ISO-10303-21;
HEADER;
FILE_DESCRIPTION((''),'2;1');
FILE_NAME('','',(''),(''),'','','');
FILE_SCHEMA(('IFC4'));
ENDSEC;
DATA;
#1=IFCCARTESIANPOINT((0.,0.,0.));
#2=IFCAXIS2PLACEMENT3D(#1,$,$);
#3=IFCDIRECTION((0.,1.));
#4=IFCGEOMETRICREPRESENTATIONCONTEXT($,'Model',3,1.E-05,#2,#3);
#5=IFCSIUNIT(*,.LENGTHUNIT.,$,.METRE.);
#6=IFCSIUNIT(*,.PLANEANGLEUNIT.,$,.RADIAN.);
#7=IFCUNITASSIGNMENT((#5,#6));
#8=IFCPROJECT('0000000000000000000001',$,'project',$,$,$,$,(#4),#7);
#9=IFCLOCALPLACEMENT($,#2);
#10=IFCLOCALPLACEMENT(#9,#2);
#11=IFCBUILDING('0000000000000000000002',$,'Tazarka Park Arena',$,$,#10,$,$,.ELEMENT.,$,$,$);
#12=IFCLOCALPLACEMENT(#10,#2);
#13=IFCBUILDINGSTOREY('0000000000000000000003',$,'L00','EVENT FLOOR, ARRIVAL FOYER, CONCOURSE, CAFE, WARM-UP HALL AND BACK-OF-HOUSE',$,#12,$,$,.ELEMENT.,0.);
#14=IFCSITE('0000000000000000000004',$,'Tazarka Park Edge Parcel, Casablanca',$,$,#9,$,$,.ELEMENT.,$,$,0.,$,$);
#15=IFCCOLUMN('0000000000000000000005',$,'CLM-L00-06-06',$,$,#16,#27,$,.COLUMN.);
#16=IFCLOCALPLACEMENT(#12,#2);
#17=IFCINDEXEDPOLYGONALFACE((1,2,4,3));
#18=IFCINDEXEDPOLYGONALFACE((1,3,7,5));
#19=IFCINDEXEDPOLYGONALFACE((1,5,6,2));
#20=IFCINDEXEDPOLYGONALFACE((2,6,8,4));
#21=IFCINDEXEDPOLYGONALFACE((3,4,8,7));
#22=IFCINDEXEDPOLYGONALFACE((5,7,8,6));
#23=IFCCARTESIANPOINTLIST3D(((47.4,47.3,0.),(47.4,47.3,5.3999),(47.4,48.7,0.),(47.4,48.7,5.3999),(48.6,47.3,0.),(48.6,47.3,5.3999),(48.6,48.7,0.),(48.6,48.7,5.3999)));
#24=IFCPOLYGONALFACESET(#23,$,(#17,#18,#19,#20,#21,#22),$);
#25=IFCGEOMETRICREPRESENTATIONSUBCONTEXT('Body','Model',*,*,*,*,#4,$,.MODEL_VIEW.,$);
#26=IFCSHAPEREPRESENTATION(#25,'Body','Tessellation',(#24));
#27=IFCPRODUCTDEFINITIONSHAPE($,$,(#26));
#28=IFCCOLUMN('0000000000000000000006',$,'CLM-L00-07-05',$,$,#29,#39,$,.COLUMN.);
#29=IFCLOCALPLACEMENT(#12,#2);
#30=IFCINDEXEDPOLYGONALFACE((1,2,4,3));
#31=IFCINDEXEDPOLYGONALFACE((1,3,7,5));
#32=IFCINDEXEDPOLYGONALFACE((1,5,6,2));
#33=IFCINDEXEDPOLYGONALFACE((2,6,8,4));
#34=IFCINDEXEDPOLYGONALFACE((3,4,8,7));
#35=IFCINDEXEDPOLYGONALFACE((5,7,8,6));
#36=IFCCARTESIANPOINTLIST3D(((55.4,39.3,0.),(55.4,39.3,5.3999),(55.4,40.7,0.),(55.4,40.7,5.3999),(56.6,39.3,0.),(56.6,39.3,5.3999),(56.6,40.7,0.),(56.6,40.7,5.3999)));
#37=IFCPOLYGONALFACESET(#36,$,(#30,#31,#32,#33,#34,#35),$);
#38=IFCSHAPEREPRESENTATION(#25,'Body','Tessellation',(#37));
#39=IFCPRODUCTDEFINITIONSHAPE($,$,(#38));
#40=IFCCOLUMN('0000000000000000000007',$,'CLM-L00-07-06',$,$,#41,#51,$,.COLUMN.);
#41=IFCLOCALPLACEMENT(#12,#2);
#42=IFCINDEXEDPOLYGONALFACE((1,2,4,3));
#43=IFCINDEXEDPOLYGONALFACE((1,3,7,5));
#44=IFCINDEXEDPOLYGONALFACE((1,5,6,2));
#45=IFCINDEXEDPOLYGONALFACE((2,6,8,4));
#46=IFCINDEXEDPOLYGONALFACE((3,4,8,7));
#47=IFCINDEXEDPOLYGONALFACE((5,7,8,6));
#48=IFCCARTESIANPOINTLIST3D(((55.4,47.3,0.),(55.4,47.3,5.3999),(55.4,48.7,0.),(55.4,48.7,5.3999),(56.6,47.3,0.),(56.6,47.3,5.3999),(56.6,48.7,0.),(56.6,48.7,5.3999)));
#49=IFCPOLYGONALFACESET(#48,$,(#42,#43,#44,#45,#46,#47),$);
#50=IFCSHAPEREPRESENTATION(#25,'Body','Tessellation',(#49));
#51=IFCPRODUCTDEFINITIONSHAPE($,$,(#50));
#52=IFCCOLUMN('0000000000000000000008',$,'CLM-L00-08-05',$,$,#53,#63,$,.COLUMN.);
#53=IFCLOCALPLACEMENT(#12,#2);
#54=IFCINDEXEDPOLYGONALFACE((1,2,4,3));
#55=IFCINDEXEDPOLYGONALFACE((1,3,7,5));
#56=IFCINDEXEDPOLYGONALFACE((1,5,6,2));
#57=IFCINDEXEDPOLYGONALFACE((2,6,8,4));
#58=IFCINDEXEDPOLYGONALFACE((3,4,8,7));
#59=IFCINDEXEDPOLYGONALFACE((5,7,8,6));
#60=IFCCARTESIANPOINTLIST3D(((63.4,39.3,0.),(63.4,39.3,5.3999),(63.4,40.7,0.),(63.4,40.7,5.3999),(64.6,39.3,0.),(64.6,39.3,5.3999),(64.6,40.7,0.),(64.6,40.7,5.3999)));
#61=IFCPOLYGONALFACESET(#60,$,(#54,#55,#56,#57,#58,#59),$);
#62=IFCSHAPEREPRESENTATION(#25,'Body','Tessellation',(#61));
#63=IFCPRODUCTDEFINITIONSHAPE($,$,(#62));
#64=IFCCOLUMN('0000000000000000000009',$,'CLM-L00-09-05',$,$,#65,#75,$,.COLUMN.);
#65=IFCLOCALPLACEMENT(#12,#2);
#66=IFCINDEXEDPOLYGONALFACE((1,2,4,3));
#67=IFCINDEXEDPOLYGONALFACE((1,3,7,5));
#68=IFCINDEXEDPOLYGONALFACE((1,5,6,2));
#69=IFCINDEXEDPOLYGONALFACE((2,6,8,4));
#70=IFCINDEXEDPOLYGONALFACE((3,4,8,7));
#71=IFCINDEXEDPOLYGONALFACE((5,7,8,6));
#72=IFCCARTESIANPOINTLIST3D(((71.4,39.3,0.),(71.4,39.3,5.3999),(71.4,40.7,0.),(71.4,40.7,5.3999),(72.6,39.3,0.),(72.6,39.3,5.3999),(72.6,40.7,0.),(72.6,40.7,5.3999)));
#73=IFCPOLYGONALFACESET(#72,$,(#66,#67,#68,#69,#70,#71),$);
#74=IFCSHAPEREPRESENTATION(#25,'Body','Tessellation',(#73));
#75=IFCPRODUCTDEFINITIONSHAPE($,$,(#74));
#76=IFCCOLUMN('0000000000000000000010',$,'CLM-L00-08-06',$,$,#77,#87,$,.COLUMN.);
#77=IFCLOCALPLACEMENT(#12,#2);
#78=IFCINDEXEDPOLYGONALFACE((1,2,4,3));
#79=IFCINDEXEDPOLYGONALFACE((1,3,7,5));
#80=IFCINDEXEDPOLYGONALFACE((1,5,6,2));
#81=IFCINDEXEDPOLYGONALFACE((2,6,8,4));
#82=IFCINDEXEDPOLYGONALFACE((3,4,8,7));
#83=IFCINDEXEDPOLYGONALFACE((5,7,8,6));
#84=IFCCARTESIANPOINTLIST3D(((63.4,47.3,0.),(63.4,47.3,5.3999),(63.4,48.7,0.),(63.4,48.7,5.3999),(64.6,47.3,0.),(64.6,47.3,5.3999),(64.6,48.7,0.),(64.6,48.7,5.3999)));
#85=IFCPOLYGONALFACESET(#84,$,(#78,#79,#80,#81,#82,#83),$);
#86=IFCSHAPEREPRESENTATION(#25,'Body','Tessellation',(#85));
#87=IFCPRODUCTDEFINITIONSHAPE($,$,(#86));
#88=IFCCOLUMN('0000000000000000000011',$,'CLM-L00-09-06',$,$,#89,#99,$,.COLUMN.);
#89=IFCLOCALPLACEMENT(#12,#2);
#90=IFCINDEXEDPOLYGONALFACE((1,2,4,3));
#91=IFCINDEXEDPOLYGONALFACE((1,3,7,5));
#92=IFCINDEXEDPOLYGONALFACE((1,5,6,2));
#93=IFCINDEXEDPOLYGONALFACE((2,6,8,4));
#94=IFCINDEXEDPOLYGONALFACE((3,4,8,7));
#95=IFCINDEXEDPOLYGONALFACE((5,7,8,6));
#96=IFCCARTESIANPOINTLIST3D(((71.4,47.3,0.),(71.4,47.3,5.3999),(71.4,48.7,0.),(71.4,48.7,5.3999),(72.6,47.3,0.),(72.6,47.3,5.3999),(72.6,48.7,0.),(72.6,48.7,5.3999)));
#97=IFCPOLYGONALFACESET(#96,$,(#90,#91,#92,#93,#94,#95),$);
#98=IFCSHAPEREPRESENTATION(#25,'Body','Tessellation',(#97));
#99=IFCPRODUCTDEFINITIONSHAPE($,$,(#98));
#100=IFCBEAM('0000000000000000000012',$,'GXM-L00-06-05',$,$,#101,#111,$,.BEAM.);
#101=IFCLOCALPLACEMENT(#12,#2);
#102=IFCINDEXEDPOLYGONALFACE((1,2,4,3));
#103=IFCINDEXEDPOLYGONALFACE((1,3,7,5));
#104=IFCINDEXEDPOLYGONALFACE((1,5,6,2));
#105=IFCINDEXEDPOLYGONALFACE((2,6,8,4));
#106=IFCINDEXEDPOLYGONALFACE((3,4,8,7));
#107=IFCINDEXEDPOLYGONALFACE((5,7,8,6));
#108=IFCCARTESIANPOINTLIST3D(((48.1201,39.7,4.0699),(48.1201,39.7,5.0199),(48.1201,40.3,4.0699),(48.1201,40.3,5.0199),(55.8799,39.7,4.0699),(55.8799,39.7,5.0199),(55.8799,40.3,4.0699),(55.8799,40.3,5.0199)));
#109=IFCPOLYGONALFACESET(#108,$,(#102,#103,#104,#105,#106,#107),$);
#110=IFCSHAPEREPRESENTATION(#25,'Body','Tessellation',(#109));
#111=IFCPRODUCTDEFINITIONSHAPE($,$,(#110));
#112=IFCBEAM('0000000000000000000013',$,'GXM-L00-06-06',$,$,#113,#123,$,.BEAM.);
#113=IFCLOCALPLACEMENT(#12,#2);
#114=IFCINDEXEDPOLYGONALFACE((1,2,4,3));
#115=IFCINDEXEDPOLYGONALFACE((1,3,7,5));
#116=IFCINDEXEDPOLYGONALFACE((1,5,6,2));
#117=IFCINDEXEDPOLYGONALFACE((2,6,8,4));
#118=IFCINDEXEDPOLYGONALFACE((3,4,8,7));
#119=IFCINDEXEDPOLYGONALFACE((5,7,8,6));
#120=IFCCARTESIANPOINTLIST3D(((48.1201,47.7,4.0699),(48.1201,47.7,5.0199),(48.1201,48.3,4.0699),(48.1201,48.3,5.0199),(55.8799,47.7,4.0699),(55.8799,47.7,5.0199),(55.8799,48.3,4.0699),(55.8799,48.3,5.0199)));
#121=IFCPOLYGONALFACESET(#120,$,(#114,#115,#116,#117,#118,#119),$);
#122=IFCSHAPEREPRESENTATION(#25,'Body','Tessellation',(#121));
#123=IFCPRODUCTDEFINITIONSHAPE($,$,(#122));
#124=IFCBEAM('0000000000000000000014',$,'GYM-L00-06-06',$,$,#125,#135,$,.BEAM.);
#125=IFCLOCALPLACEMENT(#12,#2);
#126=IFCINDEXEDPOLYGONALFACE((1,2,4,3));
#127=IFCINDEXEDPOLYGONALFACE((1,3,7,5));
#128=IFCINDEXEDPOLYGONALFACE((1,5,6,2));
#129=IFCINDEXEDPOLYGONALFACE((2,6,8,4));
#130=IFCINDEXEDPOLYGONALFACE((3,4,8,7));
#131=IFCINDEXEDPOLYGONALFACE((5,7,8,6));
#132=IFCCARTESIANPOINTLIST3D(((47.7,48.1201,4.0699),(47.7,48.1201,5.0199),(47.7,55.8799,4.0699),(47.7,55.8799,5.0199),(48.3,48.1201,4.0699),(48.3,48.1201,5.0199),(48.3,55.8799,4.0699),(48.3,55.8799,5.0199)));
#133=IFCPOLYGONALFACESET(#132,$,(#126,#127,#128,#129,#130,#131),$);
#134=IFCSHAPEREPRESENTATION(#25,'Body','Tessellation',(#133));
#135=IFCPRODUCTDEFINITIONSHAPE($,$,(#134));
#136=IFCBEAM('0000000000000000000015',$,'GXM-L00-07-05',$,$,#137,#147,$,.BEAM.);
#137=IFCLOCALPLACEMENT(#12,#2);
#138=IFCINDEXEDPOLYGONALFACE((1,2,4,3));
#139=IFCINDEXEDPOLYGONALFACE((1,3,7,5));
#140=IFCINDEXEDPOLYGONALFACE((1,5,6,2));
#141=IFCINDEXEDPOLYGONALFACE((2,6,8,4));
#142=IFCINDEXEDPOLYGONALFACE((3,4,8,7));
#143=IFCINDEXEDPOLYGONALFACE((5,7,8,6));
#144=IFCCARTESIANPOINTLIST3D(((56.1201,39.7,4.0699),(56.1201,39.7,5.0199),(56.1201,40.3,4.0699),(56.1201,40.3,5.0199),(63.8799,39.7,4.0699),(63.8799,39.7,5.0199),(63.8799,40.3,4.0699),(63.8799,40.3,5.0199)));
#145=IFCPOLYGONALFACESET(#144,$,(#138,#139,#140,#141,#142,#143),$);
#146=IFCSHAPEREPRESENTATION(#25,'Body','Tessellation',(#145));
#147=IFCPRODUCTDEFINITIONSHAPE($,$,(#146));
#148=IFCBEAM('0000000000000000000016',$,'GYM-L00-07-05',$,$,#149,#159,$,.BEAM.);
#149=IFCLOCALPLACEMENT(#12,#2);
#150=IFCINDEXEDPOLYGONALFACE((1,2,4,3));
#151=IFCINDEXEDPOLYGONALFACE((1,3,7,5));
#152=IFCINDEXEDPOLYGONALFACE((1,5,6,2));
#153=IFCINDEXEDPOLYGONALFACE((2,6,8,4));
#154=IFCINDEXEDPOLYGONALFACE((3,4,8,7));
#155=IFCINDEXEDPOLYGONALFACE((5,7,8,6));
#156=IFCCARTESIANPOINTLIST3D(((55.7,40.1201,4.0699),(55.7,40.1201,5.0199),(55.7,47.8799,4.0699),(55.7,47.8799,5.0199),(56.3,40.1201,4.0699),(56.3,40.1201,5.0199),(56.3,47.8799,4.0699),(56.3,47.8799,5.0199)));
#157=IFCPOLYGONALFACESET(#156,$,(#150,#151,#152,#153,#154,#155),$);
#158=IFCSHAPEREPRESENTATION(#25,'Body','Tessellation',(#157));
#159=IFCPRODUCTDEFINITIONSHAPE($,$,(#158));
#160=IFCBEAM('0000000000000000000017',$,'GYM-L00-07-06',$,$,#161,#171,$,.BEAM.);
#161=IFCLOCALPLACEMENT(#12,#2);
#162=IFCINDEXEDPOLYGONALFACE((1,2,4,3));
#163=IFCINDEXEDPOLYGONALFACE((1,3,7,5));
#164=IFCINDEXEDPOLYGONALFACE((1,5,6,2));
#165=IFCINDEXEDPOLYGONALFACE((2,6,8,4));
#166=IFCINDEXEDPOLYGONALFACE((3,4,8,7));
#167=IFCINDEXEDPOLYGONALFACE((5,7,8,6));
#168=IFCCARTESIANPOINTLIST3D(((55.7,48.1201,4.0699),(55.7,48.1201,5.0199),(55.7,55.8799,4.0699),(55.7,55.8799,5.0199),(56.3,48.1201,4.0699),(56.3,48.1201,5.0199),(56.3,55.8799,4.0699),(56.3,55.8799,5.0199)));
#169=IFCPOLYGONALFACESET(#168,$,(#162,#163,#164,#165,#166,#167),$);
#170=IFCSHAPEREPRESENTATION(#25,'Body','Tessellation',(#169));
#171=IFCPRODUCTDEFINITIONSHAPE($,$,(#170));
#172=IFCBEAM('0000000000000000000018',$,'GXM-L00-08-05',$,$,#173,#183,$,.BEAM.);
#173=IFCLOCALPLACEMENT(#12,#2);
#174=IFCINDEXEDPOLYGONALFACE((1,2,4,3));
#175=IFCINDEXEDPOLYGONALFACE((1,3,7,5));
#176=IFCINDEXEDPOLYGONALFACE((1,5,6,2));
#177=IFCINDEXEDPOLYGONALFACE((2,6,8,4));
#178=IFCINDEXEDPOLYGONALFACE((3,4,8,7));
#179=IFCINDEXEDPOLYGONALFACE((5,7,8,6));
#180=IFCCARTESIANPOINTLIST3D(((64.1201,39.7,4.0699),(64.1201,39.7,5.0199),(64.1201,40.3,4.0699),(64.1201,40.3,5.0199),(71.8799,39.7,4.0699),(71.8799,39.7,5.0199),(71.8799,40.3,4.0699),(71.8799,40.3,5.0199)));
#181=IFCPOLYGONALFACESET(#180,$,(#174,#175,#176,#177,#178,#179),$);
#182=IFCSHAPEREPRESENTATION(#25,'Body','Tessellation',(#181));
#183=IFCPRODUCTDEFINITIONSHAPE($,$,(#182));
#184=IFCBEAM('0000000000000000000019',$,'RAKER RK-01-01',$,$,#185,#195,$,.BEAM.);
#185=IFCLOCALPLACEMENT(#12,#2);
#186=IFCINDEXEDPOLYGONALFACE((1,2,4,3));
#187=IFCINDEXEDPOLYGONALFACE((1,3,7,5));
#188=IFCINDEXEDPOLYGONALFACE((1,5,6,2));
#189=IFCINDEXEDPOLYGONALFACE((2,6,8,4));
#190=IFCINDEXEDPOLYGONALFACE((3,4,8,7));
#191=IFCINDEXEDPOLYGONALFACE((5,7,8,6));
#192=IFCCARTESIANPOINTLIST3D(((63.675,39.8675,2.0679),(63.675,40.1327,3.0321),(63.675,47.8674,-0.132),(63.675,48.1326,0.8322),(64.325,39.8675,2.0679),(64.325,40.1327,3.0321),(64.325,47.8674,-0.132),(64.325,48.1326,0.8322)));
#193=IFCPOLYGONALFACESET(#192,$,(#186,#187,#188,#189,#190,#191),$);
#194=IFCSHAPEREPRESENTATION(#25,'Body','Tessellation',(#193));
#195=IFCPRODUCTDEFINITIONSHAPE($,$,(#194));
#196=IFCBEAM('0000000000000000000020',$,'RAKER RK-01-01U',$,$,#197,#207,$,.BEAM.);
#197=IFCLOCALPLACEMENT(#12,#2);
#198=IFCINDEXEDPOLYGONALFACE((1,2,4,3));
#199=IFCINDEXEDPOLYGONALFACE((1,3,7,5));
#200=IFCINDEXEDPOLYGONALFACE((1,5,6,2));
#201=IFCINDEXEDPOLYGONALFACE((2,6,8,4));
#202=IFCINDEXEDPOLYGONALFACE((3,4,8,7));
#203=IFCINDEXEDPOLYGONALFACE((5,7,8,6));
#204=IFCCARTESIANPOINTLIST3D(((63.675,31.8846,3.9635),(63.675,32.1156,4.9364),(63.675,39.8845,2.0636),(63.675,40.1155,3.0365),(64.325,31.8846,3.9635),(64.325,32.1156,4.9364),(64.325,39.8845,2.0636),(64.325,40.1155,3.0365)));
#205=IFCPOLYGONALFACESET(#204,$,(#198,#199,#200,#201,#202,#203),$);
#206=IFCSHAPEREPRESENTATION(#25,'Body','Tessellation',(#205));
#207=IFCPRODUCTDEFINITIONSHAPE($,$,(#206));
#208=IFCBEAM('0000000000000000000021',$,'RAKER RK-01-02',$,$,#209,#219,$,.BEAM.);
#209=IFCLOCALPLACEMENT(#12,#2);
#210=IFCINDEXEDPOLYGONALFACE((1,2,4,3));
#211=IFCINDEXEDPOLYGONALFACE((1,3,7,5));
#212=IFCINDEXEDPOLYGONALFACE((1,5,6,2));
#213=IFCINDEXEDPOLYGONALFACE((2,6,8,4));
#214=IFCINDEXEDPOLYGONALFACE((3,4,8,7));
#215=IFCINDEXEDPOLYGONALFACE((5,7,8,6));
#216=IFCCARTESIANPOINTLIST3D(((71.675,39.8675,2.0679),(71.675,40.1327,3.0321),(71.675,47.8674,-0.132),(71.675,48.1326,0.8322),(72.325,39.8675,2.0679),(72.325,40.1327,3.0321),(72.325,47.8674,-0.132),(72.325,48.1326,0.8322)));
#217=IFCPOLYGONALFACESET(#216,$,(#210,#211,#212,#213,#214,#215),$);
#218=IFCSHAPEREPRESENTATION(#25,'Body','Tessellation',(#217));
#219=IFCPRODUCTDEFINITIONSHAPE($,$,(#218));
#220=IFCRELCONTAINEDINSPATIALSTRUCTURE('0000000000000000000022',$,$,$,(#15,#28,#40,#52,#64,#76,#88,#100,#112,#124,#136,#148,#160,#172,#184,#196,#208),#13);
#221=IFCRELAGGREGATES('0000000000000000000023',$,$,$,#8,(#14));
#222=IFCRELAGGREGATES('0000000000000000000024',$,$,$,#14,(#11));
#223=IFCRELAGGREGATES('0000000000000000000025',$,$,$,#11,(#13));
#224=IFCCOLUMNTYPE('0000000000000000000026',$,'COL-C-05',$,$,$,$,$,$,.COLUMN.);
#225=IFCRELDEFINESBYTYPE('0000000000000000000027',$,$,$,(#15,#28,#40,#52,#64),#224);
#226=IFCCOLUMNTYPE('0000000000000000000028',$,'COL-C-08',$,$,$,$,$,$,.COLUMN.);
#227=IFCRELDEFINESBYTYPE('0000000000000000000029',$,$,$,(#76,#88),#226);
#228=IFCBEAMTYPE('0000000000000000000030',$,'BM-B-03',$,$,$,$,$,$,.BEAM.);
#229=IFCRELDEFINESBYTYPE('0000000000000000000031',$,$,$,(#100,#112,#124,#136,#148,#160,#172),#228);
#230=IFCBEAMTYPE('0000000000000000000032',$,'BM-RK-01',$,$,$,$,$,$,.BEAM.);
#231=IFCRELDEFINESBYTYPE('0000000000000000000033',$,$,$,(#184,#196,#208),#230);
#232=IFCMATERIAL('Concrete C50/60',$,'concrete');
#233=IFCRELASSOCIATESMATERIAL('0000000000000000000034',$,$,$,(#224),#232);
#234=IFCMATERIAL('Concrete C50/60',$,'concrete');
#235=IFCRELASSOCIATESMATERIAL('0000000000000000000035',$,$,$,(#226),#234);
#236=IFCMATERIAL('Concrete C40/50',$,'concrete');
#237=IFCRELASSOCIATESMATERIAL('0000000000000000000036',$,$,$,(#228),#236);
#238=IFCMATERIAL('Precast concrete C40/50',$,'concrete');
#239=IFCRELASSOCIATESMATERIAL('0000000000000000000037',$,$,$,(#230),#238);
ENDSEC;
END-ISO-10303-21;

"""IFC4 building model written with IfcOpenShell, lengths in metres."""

from ifc_helpers import new_model, si_unit, direction, frame, origin, origin_2d, place, context, subcontext, project, spatial, rectangle, extrude, material, material_profile, profile_set, type_object, element, save


model = new_model("IFC4")

# Units and contexts
model_context = context("Model", 3, precision=1e-05, world=origin(), true_north=direction((0.0, 1.0)))
body_context = subcontext(model_context, "Body", "Model", "MODEL_VIEW")
ifc_project = project(units=[si_unit("LENGTHUNIT", "METRE"), si_unit("PLANEANGLEUNIT", "RADIAN")], contexts=[model_context])

# Site, building, storey
site_placement = place(None, origin())
site = spatial("IfcSite", under=ifc_project, at=site_placement, Name="Tazarka Park Edge Parcel, Casablanca", CompositionType="ELEMENT", RefElevation=0.0)
building_placement = place(site_placement, origin())
building = spatial("IfcBuilding", under=site, at=building_placement, Name="Tazarka Park Arena", CompositionType="ELEMENT")
storey_placement = place(building_placement, origin())
storey = spatial("IfcBuildingStorey", under=building, at=storey_placement, Name="L00", Description="EVENT FLOOR, ARRIVAL FOYER, CONCOURSE, CAFE, WARM-UP HALL AND BACK-OF-HOUSE", CompositionType="ELEMENT", Elevation=0.0)

# Columns
ifc_material_1 = material(Name="Concrete C50/60", Category="concrete")
ifc_material_profile_1 = material_profile(ifc_material_1, rectangle(XDim=1.2, YDim=1.3999, at=origin_2d()), Name="Concrete C50/60")
ifc_profile_set_1 = profile_set([ifc_material_profile_1], Name="Concrete C50/60")
column_type_1 = type_object("IfcColumnType", Name="COL-C-05", PredefinedType="COLUMN", material=ifc_profile_set_1)
for number, where, z_axis, x_axis, name in (
    (1, (48.0, 48.0, 0.0), (0.0, 0.0, 1.0), (1.0, 0.0, 0.0), "CLM-L00-06-06"),
    (2, (56.0, 40.0, 0.0), (0.0, 0.0, 1.0), (1.0, 0.0, 0.0), "CLM-L00-07-05"),
    (3, (56.0, 48.0, 0.0), (0.0, 0.0, 1.0), (1.0, 0.0, 0.0), "CLM-L00-07-06"),
    (4, (64.0, 40.0, 0.0), (0.0, 0.0, 1.0), (1.0, 0.0, 0.0), "CLM-L00-08-05"),
    (5, (72.0, 40.0, 0.0), (0.0, 0.0, 1.0), (1.0, 0.0, 0.0), "CLM-L00-09-05"),
):
    element("IfcColumn", number, at=place(storey_placement, frame(where, z_axis=z_axis, x_axis=x_axis)), inside=storey, type_object=column_type_1, Name=name, PredefinedType="COLUMN", context=body_context, shape_type="SweptSolid", body=[
        extrude(rectangle(XDim=1.2, YDim=1.3999, at=origin_2d()), origin(), (0.0, 0.0, 1.0), 5.3999),
    ])
ifc_material_2 = material(Name="Concrete C50/60", Category="concrete")
ifc_material_profile_2 = material_profile(ifc_material_2, rectangle(XDim=1.2, YDim=1.3999, at=origin_2d()), Name="Concrete C50/60")
ifc_profile_set_2 = profile_set([ifc_material_profile_2], Name="Concrete C50/60")
column_type_2 = type_object("IfcColumnType", Name="COL-C-08", PredefinedType="COLUMN", material=ifc_profile_set_2)
for number, where, z_axis, x_axis, name in (
    (6, (64.0, 48.0, 0.0), (0.0, 0.0, 1.0), (1.0, 0.0, 0.0), "CLM-L00-08-06"),
    (7, (72.0, 48.0, 0.0), (0.0, 0.0, 1.0), (1.0, 0.0, 0.0), "CLM-L00-09-06"),
):
    element("IfcColumn", number, at=place(storey_placement, frame(where, z_axis=z_axis, x_axis=x_axis)), inside=storey, type_object=column_type_2, Name=name, PredefinedType="COLUMN", context=body_context, shape_type="SweptSolid", body=[
        extrude(rectangle(XDim=1.2, YDim=1.3999, at=origin_2d()), origin(), (0.0, 0.0, 1.0), 5.3999),
    ])

# Beams
ifc_material_3 = material(Name="Concrete C40/50", Category="concrete")
ifc_material_profile_3 = material_profile(ifc_material_3, rectangle(XDim=0.6001, YDim=0.95, at=origin_2d()), Name="Concrete C40/50")
ifc_profile_set_3 = profile_set([ifc_material_profile_3], Name="Concrete C40/50")
beam_type_1 = type_object("IfcBeamType", Name="BM-B-03", PredefinedType="BEAM", material=ifc_profile_set_3)
for number, where, z_axis, x_axis, name in (
    (8, (48.1201, 40.0, 4.5449), (1.0, 0.0, 0.0), (0.0, 1.0, 0.0), "GXM-L00-06-05"),
    (9, (48.1201, 48.0, 4.5449), (1.0, 0.0, 0.0), (0.0, 1.0, 0.0), "GXM-L00-06-06"),
    (10, (48.0, 48.1201, 4.5449), (0.0, 1.0, 0.0), (-1.0, 0.0, 0.0), "GYM-L00-06-06"),
    (11, (56.1201, 40.0, 4.5449), (1.0, 0.0, 0.0), (0.0, 1.0, 0.0), "GXM-L00-07-05"),
    (12, (56.0, 40.1201, 4.5449), (0.0, 1.0, 0.0), (-1.0, 0.0, 0.0), "GYM-L00-07-05"),
    (13, (56.0, 48.1201, 4.5449), (0.0, 1.0, 0.0), (-1.0, 0.0, 0.0), "GYM-L00-07-06"),
    (14, (64.1201, 40.0, 4.5449), (1.0, 0.0, 0.0), (0.0, 1.0, 0.0), "GXM-L00-08-05"),
):
    element("IfcBeam", number, at=place(storey_placement, frame(where, z_axis=z_axis, x_axis=x_axis)), inside=storey, type_object=beam_type_1, Name=name, PredefinedType="BEAM", context=body_context, shape_type="SweptSolid", body=[
        extrude(rectangle(XDim=0.6001, YDim=0.95, at=origin_2d()), origin(), (0.0, 0.0, 1.0), 7.7598),
    ])
ifc_material_4 = material(Name="Precast concrete C40/50", Category="concrete")
ifc_material_profile_4 = material_profile(ifc_material_4, rectangle(XDim=0.6499, YDim=1.0, at=origin_2d()), Name="Precast concrete C40/50")
ifc_profile_set_4 = profile_set([ifc_material_profile_4], Name="Precast concrete C40/50")
beam_type_2 = type_object("IfcBeamType", Name="BM-RK-01", PredefinedType="BEAM", material=ifc_profile_set_4)
beam_1_placement = place(storey_placement, frame((64.0, 48.0, 0.3501), z_axis=(0.0, -0.964207, 0.265151), x_axis=(1.0, 0.0, 0.0)))
element("IfcBeam", 15, at=beam_1_placement, inside=storey, type_object=beam_type_2, Name="RAKER RK-01-01", PredefinedType="BEAM", context=body_context, shape_type="SweptSolid", body=[
    extrude(rectangle(XDim=0.6499, YDim=1.0, at=origin_2d()), origin(), (0.0, 0.0, 1.0), 8.2969),
])
beam_2_placement = place(storey_placement, frame((64.0, 40.0, 2.55), z_axis=(0.0, -0.972939, 0.231061), x_axis=(1.0, 0.0, 0.0)))
element("IfcBeam", 16, at=beam_2_placement, inside=storey, type_object=beam_type_2, Name="RAKER RK-01-01U", PredefinedType="BEAM", context=body_context, shape_type="SweptSolid", body=[
    extrude(rectangle(XDim=0.6499, YDim=1.0, at=origin_2d()), origin(), (0.0, 0.0, 1.0), 8.2224),
])
beam_3_placement = place(storey_placement, frame((72.0, 48.0, 0.3501), z_axis=(0.0, -0.964207, 0.265151), x_axis=(1.0, 0.0, 0.0)))
element("IfcBeam", 17, at=beam_3_placement, inside=storey, type_object=beam_type_2, Name="RAKER RK-01-02", PredefinedType="BEAM", context=body_context, shape_type="SweptSolid", body=[
    extrude(rectangle(XDim=0.6499, YDim=1.0, at=origin_2d()), origin(), (0.0, 0.0, 1.0), 8.2969),
])

save(model, "model.ifc")
